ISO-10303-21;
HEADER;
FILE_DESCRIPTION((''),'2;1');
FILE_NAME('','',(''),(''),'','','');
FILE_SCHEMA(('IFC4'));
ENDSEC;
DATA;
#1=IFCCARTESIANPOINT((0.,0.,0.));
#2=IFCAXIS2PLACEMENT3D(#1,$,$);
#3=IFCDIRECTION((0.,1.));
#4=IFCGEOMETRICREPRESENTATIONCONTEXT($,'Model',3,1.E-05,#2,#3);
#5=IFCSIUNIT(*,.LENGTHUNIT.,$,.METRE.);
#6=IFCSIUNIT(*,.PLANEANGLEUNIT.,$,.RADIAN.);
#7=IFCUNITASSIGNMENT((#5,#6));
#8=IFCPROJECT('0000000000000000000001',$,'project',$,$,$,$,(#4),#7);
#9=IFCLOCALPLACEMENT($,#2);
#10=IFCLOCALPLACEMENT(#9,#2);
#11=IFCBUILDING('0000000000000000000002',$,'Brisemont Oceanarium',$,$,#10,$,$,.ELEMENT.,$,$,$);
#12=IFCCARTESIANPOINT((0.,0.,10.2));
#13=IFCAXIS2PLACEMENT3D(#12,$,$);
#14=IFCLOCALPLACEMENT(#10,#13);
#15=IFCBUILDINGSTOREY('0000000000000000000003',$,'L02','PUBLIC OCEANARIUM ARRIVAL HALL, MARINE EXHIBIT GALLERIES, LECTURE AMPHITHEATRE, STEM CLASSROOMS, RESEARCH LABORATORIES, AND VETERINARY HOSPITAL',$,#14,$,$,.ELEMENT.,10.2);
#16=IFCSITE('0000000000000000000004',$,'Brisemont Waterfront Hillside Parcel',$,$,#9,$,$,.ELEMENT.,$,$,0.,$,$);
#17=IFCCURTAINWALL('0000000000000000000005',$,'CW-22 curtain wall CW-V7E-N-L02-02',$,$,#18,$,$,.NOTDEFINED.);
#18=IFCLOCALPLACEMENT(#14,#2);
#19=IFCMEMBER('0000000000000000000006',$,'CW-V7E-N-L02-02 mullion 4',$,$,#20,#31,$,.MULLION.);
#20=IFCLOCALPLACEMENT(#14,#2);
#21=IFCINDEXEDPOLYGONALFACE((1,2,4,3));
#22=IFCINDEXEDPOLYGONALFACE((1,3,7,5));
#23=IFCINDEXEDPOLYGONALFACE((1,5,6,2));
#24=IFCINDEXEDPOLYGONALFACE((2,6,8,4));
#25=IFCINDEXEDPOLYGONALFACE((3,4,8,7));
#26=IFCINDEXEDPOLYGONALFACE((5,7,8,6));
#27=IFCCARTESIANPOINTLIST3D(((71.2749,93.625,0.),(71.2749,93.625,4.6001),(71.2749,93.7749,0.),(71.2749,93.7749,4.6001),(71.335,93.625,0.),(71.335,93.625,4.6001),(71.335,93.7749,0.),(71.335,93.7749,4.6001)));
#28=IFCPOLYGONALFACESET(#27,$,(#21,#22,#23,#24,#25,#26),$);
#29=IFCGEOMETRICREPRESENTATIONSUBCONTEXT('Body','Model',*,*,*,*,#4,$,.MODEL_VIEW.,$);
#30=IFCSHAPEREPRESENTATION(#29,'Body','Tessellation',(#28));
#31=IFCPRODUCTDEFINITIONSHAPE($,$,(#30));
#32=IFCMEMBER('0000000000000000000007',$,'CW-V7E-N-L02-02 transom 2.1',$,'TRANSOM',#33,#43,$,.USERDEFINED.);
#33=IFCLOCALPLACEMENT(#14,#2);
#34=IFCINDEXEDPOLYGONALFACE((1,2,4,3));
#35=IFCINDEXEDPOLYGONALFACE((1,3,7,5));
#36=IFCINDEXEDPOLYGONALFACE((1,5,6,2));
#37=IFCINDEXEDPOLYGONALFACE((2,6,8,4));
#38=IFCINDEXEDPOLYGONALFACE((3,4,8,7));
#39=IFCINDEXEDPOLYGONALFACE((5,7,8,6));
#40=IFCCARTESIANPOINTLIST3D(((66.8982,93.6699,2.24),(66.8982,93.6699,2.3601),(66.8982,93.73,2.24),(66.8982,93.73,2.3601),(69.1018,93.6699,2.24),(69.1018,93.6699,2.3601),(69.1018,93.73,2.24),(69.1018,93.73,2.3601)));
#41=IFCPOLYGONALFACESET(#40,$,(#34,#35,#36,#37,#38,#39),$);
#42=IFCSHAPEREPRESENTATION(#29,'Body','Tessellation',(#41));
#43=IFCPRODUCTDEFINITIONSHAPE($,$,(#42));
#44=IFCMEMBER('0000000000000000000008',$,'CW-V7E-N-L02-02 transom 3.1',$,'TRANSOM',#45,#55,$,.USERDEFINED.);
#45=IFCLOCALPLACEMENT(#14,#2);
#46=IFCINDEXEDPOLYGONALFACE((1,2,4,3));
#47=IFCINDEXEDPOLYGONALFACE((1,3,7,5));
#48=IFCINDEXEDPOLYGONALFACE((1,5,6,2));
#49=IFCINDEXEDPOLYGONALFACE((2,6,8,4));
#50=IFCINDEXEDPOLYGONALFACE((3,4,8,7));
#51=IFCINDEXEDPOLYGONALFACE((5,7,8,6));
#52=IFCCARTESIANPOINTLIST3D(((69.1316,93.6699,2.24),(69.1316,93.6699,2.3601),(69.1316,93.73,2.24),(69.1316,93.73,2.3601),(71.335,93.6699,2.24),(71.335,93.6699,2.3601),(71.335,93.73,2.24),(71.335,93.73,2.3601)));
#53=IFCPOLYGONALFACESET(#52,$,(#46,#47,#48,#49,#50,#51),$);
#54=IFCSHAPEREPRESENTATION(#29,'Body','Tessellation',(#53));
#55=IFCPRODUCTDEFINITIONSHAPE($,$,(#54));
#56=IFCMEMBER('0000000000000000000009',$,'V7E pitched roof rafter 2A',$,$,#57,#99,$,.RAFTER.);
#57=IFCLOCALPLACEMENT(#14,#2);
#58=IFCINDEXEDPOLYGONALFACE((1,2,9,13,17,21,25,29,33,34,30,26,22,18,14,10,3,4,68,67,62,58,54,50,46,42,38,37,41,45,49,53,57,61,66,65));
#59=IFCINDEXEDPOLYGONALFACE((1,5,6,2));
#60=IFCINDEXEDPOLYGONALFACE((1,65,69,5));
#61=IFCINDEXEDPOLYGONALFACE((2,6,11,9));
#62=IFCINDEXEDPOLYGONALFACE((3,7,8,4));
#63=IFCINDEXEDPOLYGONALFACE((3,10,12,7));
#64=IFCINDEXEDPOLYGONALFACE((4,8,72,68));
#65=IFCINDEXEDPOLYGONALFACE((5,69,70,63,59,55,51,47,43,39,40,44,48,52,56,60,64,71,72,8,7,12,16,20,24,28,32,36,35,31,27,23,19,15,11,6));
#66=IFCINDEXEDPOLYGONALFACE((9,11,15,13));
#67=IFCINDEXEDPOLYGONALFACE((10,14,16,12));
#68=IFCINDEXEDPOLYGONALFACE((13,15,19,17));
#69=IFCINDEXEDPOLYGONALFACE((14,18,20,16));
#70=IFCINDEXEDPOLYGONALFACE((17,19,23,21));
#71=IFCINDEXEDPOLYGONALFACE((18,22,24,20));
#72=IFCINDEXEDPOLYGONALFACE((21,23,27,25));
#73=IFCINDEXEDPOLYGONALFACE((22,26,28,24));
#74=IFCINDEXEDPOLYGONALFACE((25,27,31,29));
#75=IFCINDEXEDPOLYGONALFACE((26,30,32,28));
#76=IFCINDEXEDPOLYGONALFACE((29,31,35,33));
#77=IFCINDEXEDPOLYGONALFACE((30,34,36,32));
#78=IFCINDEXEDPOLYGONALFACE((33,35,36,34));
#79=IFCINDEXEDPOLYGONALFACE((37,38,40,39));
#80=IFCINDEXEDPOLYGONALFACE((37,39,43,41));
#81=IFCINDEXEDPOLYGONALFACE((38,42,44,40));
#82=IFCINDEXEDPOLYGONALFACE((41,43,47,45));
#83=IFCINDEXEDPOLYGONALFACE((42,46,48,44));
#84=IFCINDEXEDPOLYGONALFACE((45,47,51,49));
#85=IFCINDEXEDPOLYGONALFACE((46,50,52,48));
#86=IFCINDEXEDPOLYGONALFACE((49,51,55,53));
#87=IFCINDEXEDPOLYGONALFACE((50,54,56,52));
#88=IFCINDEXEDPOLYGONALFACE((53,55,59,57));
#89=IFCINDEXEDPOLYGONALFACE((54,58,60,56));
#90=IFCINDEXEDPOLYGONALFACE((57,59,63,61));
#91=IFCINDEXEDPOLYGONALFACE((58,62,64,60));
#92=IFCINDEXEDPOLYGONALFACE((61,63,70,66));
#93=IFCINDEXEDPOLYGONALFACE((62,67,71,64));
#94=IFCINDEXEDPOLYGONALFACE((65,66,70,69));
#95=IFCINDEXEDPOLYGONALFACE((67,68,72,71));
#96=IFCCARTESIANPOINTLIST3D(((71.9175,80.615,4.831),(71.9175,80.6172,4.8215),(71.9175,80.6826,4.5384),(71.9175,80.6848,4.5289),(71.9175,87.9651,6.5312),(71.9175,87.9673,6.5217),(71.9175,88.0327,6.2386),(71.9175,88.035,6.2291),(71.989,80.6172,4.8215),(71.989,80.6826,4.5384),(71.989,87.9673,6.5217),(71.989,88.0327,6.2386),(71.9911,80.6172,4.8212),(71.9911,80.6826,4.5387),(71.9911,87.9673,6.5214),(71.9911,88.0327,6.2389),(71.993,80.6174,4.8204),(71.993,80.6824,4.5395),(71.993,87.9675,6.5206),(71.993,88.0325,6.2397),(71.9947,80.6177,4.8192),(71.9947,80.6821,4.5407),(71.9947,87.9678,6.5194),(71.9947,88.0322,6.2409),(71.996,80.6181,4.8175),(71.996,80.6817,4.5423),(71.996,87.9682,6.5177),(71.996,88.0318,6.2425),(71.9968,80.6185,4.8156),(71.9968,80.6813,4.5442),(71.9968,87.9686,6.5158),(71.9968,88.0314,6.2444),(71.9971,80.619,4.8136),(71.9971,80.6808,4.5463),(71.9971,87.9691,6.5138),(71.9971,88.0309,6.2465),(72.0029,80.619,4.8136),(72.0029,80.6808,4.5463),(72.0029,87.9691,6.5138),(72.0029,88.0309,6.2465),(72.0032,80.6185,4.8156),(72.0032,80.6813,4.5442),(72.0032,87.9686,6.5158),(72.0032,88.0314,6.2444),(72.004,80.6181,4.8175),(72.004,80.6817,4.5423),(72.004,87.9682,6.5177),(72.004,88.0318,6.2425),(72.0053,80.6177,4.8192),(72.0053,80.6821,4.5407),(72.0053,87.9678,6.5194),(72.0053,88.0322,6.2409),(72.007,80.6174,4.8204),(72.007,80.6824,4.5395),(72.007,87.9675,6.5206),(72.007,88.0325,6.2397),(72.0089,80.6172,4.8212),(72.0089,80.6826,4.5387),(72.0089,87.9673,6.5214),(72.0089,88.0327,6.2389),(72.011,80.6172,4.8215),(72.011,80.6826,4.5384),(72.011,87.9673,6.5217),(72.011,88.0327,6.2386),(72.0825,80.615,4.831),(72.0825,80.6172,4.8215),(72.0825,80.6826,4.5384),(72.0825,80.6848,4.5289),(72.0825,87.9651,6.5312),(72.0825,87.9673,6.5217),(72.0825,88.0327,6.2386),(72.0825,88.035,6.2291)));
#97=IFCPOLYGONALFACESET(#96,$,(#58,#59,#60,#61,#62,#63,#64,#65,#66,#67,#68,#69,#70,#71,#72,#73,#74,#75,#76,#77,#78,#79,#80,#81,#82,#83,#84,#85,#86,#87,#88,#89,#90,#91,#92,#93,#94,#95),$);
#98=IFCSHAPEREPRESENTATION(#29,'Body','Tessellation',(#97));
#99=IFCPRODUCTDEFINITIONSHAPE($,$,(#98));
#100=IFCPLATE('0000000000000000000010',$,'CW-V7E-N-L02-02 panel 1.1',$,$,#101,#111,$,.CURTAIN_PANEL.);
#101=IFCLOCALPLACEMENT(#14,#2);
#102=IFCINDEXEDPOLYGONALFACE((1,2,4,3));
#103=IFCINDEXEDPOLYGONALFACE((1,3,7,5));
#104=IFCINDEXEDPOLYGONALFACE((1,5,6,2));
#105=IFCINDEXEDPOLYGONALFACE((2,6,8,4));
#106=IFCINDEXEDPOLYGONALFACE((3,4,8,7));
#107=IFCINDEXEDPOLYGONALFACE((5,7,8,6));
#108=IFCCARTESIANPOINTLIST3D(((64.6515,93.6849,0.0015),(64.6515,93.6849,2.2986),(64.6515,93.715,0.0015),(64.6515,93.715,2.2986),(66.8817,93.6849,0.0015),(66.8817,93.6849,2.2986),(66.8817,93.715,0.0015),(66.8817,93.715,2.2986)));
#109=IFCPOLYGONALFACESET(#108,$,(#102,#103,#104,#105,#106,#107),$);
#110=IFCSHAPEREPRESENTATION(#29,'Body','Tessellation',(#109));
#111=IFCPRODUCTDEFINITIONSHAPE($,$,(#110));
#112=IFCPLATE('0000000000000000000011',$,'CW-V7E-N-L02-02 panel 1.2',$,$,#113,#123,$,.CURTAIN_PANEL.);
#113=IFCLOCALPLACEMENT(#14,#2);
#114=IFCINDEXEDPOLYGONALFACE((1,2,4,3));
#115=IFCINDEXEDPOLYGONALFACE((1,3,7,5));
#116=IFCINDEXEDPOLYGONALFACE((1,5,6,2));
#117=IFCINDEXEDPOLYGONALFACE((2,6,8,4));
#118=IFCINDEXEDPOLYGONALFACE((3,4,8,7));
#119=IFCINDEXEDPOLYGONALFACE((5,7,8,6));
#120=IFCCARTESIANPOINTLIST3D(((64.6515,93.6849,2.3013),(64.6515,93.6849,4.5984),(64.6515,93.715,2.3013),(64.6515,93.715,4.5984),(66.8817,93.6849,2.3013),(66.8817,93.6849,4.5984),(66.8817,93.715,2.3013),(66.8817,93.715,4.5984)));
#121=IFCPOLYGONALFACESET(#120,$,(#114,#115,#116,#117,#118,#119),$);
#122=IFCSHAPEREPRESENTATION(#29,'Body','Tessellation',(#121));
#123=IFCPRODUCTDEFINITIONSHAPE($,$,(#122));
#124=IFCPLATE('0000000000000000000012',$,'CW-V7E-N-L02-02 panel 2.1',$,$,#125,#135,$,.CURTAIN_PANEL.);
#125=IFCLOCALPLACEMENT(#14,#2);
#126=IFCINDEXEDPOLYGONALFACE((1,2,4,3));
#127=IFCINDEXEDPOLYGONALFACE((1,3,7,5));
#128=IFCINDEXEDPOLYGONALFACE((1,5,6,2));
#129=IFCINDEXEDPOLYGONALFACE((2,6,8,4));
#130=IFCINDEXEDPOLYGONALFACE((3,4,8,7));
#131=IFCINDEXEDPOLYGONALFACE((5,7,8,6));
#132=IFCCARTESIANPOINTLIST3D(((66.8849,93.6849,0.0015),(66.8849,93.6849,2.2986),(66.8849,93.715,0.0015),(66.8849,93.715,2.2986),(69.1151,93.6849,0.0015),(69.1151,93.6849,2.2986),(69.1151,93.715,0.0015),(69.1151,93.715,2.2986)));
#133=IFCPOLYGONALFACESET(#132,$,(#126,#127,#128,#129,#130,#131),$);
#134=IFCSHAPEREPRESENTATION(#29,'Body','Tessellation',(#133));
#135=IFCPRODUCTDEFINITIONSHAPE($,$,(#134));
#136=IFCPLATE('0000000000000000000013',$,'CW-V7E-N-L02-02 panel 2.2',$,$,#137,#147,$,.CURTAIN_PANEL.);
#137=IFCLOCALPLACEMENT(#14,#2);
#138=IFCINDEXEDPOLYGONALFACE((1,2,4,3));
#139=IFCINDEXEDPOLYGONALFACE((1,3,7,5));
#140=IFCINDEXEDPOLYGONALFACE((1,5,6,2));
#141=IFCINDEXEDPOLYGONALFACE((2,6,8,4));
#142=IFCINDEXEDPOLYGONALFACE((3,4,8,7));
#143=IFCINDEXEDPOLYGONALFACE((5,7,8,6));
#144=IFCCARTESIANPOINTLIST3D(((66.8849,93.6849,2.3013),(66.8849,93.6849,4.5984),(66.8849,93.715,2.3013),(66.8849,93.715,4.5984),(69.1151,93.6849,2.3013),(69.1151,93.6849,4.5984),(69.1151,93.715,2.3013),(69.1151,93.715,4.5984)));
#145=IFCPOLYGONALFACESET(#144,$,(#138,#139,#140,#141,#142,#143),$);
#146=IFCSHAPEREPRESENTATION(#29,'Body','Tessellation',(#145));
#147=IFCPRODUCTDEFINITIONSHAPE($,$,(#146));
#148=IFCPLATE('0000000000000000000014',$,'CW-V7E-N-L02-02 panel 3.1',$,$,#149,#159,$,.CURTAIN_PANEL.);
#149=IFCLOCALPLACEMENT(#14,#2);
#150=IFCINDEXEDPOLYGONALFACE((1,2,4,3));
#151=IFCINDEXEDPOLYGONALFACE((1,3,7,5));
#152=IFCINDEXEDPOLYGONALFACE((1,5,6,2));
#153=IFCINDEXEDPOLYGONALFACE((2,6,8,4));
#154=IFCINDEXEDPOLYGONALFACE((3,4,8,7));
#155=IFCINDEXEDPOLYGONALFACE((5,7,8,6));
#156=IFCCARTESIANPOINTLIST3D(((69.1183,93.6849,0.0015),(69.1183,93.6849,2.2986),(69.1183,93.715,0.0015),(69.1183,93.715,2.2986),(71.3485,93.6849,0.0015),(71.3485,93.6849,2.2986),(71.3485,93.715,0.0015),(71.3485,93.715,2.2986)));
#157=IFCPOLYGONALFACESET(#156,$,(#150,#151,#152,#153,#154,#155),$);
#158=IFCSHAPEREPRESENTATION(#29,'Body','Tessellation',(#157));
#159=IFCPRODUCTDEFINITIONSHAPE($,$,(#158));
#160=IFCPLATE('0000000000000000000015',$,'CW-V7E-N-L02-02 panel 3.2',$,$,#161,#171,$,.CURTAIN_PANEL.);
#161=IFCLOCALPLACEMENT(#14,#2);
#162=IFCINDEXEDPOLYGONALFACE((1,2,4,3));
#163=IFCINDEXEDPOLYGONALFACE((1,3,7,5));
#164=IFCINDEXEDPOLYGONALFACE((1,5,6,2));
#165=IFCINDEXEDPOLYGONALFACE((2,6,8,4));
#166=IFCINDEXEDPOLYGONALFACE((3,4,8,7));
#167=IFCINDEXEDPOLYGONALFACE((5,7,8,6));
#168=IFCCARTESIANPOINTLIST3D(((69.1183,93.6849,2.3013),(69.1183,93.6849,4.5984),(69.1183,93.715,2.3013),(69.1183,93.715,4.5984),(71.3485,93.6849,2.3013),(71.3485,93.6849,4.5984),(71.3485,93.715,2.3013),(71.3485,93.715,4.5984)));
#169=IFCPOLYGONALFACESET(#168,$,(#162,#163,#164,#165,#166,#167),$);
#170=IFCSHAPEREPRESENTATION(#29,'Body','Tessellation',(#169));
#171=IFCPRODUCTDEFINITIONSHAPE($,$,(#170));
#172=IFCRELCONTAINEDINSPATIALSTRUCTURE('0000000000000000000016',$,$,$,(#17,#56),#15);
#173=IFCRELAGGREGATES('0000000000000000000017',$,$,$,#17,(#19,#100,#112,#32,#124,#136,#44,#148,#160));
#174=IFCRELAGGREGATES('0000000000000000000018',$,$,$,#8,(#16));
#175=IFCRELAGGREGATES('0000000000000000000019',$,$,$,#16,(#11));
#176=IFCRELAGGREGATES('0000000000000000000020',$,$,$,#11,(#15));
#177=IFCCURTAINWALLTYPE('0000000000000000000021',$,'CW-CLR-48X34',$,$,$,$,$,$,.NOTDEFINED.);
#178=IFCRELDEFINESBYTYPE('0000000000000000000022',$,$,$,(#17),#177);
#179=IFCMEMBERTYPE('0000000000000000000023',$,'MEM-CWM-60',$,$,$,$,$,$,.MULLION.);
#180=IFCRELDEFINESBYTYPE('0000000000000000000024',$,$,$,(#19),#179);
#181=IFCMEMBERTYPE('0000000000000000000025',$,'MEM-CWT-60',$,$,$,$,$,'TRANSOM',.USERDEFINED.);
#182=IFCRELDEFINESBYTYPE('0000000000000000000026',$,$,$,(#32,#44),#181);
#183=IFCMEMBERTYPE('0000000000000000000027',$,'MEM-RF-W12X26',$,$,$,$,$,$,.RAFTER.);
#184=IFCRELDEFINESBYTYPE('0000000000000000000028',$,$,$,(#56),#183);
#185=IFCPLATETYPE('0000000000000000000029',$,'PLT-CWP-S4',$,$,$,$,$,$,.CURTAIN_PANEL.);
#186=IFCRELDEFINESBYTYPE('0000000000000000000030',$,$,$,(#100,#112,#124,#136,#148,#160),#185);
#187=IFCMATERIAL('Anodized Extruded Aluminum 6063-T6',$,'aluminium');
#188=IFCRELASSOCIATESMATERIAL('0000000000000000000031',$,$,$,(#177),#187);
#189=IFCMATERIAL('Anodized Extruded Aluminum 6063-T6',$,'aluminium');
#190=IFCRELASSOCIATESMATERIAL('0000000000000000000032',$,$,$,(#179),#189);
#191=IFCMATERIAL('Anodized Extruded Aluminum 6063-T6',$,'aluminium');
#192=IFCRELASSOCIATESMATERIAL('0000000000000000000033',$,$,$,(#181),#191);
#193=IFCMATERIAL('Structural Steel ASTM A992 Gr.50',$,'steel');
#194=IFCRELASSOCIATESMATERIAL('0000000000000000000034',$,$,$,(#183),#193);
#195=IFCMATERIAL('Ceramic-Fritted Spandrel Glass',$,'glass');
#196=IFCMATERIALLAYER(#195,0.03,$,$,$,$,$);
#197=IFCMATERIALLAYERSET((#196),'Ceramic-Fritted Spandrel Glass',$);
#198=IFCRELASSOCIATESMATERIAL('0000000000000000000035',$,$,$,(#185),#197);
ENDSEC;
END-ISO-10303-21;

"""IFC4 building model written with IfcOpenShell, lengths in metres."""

from ifc_helpers import new_model, si_unit, direction, frame, origin, origin_2d, place, context, subcontext, project, spatial, rectangle, i_section, extrude, material, layer, layer_set, material_profile, profile_set, type_object, element, aggregate, save


model = new_model("IFC4")

# Units and contexts
model_context = context("Model", 3, precision=1e-05, world=origin(), true_north=direction((0.0, 1.0)))
body_context = subcontext(model_context, "Body", "Model", "MODEL_VIEW")
ifc_project = project(units=[si_unit("LENGTHUNIT", "METRE"), si_unit("PLANEANGLEUNIT", "RADIAN")], contexts=[model_context])

# Site, building, storey
site_placement = place(None, origin())
site = spatial("IfcSite", under=ifc_project, at=site_placement, Name="Brisemont Waterfront Hillside Parcel", CompositionType="ELEMENT", RefElevation=0.0)
building_placement = place(site_placement, origin())
building = spatial("IfcBuilding", under=site, at=building_placement, Name="Brisemont Oceanarium", CompositionType="ELEMENT")
storey_placement = place(building_placement, frame((0.0, 0.0, 10.2)))
storey = spatial("IfcBuildingStorey", under=building, at=storey_placement, Name="L02", Description="PUBLIC OCEANARIUM ARRIVAL HALL, MARINE EXHIBIT GALLERIES, LECTURE AMPHITHEATRE, STEM CLASSROOMS, RESEARCH LABORATORIES, AND VETERINARY HOSPITAL", CompositionType="ELEMENT", Elevation=10.2)

# Curtain wall, members
ifc_material_1 = material(Name="Anodized Extruded Aluminum 6063-T6", Category="aluminium")
curtain_wall_type = type_object("IfcCurtainWallType", Name="CW-CLR-48X34", PredefinedType="NOTDEFINED", material=ifc_material_1)
curtain_wall_placement = place(storey_placement, origin())
curtain_wall = element("IfcCurtainWall", 1, at=curtain_wall_placement, inside=storey, type_object=curtain_wall_type, Name="CW-22 curtain wall CW-V7E-N-L02-02", PredefinedType="NOTDEFINED")
ifc_material_2 = material(Name="Anodized Extruded Aluminum 6063-T6", Category="aluminium")
ifc_material_profile_1 = material_profile(ifc_material_2, rectangle(XDim=0.0601, YDim=0.1499, at=origin_2d()), Name="CWM-60X150")
ifc_profile_set_1 = profile_set([ifc_material_profile_1], Name="Anodized Extruded Aluminum 6063-T6")
member_type_1 = type_object("IfcMemberType", Name="MEM-CWM-60", PredefinedType="MULLION", material=ifc_profile_set_1)
member_1_placement = place(storey_placement, frame((71.3049, 93.7, 0.0), z_axis=(0.0, 0.0, 1.0), x_axis=(1.0, 0.0, 0.0)))
member_1 = element("IfcMember", 2, at=member_1_placement, type_object=member_type_1, Name="CW-V7E-N-L02-02 mullion 4", PredefinedType="MULLION", context=body_context, shape_type="SweptSolid", body=[
    extrude(rectangle(XDim=0.0601, YDim=0.1499, at=origin_2d()), origin(), (0.0, 0.0, 1.0), 4.6001),
])
ifc_material_3 = material(Name="Anodized Extruded Aluminum 6063-T6", Category="aluminium")
ifc_material_profile_2 = material_profile(ifc_material_3, rectangle(XDim=0.0601, YDim=0.1201, at=origin_2d()), Name="CWT-60X120")
ifc_profile_set_2 = profile_set([ifc_material_profile_2], Name="Anodized Extruded Aluminum 6063-T6")
member_type_2 = type_object("IfcMemberType", Name="MEM-CWT-60", ElementType="TRANSOM", PredefinedType="USERDEFINED", material=ifc_profile_set_2)
member_2_placement = place(storey_placement, frame((66.8982, 93.7, 2.3), z_axis=(1.0, 0.0, 0.0), x_axis=(0.0, 1.0, 0.0)))
member_2 = element("IfcMember", 3, at=member_2_placement, type_object=member_type_2, Name="CW-V7E-N-L02-02 transom 2.1", ObjectType="TRANSOM", PredefinedType="USERDEFINED", context=body_context, shape_type="SweptSolid", body=[
    extrude(rectangle(XDim=0.0601, YDim=0.1201, at=origin_2d()), origin(), (0.0, 0.0, 1.0), 2.2036),
])
member_3_placement = place(storey_placement, frame((69.1316, 93.7, 2.3), z_axis=(1.0, 0.0, 0.0), x_axis=(0.0, 1.0, 0.0)))
member_3 = element("IfcMember", 4, at=member_3_placement, type_object=member_type_2, Name="CW-V7E-N-L02-02 transom 3.1", ObjectType="TRANSOM", PredefinedType="USERDEFINED", context=body_context, shape_type="SweptSolid", body=[
    extrude(rectangle(XDim=0.0601, YDim=0.1201, at=origin_2d()), origin(), (0.0, 0.0, 1.0), 2.2034),
])

# Member
ifc_material_4 = material(Name="Structural Steel ASTM A992 Gr.50", Category="steel")
ifc_material_profile_3 = material_profile(ifc_material_4, i_section(OverallWidth=0.165, OverallDepth=0.3101, WebThickness=0.0059, FlangeThickness=0.0098, FilletRadius=0.0081, at=origin_2d()), Name="W12X26")
ifc_profile_set_3 = profile_set([ifc_material_profile_3], Name="Structural Steel ASTM A992 Gr.50")
member_type_3 = type_object("IfcMemberType", Name="MEM-RF-W12X26", PredefinedType="RAFTER", material=ifc_profile_set_3)
member_4_placement = place(storey_placement, frame((72.0, 80.6499, 4.6799), z_axis=(0.0, 0.974274, 0.225365), x_axis=(-1.0, 0.0, 0.0)))
element("IfcMember", 5, at=member_4_placement, inside=storey, type_object=member_type_3, Name="V7E pitched roof rafter 2A", PredefinedType="RAFTER", context=body_context, shape_type="SweptSolid", body=[
    extrude(i_section(OverallWidth=0.165, OverallDepth=0.3101, WebThickness=0.0059, FlangeThickness=0.0098, FilletRadius=0.0081, at=origin_2d()), origin(), (0.0, 0.0, 1.0), 7.5442),
])

# Plates
ifc_material_5 = material(Name="Ceramic-Fritted Spandrel Glass", Category="glass")
ifc_layer_1 = layer(ifc_material_5, 0.03)
ifc_layer_set_1 = layer_set([ifc_layer_1], Name="Ceramic-Fritted Spandrel Glass")
plate_type = type_object("IfcPlateType", Name="PLT-CWP-S4", PredefinedType="CURTAIN_PANEL", material=ifc_layer_set_1)
plate_1_placement = place(storey_placement, frame((65.7666, 93.7, 0.0015), z_axis=(0.0, 0.0, 1.0), x_axis=(1.0, 0.0, 0.0)))
plate_1 = element("IfcPlate", 6, at=plate_1_placement, type_object=plate_type, Name="CW-V7E-N-L02-02 panel 1.1", PredefinedType="CURTAIN_PANEL", context=body_context, shape_type="SweptSolid", body=[
    extrude(rectangle(XDim=2.2302, YDim=0.03, at=origin_2d()), origin(), (0.0, 0.0, 1.0), 2.2971),
])
plate_2_placement = place(storey_placement, frame((65.7666, 93.7, 2.3013), z_axis=(0.0, 0.0, 1.0), x_axis=(1.0, 0.0, 0.0)))
plate_2 = element("IfcPlate", 7, at=plate_2_placement, type_object=plate_type, Name="CW-V7E-N-L02-02 panel 1.2", PredefinedType="CURTAIN_PANEL", context=body_context, shape_type="SweptSolid", body=[
    extrude(rectangle(XDim=2.2302, YDim=0.03, at=origin_2d()), origin(), (0.0, 0.0, 1.0), 2.2971),
])
plate_3_placement = place(storey_placement, frame((68.0, 93.7, 0.0015), z_axis=(0.0, 0.0, 1.0), x_axis=(1.0, 0.0, 0.0)))
plate_3 = element("IfcPlate", 8, at=plate_3_placement, type_object=plate_type, Name="CW-V7E-N-L02-02 panel 2.1", PredefinedType="CURTAIN_PANEL", context=body_context, shape_type="SweptSolid", body=[
    extrude(rectangle(XDim=2.2302, YDim=0.03, at=origin_2d()), origin(), (0.0, 0.0, 1.0), 2.2971),
])
plate_4_placement = place(storey_placement, frame((68.0, 93.7, 2.3013), z_axis=(0.0, 0.0, 1.0), x_axis=(1.0, 0.0, 0.0)))
plate_4 = element("IfcPlate", 9, at=plate_4_placement, type_object=plate_type, Name="CW-V7E-N-L02-02 panel 2.2", PredefinedType="CURTAIN_PANEL", context=body_context, shape_type="SweptSolid", body=[
    extrude(rectangle(XDim=2.2302, YDim=0.03, at=origin_2d()), origin(), (0.0, 0.0, 1.0), 2.2971),
])
plate_5_placement = place(storey_placement, frame((70.2334, 93.7, 0.0015), z_axis=(0.0, 0.0, 1.0), x_axis=(1.0, 0.0, 0.0)))
plate_5 = element("IfcPlate", 10, at=plate_5_placement, type_object=plate_type, Name="CW-V7E-N-L02-02 panel 3.1", PredefinedType="CURTAIN_PANEL", context=body_context, shape_type="SweptSolid", body=[
    extrude(rectangle(XDim=2.2302, YDim=0.03, at=origin_2d()), origin(), (0.0, 0.0, 1.0), 2.2971),
])
plate_6_placement = place(storey_placement, frame((70.2334, 93.7, 2.3013), z_axis=(0.0, 0.0, 1.0), x_axis=(1.0, 0.0, 0.0)))
plate_6 = element("IfcPlate", 11, at=plate_6_placement, type_object=plate_type, Name="CW-V7E-N-L02-02 panel 3.2", PredefinedType="CURTAIN_PANEL", context=body_context, shape_type="SweptSolid", body=[
    extrude(rectangle(XDim=2.2302, YDim=0.03, at=origin_2d()), origin(), (0.0, 0.0, 1.0), 2.2971),
])
aggregate(curtain_wall, [member_1, plate_1, plate_2, member_2, plate_3, plate_4, member_3, plate_5, plate_6])

save(model, "model.ifc")
